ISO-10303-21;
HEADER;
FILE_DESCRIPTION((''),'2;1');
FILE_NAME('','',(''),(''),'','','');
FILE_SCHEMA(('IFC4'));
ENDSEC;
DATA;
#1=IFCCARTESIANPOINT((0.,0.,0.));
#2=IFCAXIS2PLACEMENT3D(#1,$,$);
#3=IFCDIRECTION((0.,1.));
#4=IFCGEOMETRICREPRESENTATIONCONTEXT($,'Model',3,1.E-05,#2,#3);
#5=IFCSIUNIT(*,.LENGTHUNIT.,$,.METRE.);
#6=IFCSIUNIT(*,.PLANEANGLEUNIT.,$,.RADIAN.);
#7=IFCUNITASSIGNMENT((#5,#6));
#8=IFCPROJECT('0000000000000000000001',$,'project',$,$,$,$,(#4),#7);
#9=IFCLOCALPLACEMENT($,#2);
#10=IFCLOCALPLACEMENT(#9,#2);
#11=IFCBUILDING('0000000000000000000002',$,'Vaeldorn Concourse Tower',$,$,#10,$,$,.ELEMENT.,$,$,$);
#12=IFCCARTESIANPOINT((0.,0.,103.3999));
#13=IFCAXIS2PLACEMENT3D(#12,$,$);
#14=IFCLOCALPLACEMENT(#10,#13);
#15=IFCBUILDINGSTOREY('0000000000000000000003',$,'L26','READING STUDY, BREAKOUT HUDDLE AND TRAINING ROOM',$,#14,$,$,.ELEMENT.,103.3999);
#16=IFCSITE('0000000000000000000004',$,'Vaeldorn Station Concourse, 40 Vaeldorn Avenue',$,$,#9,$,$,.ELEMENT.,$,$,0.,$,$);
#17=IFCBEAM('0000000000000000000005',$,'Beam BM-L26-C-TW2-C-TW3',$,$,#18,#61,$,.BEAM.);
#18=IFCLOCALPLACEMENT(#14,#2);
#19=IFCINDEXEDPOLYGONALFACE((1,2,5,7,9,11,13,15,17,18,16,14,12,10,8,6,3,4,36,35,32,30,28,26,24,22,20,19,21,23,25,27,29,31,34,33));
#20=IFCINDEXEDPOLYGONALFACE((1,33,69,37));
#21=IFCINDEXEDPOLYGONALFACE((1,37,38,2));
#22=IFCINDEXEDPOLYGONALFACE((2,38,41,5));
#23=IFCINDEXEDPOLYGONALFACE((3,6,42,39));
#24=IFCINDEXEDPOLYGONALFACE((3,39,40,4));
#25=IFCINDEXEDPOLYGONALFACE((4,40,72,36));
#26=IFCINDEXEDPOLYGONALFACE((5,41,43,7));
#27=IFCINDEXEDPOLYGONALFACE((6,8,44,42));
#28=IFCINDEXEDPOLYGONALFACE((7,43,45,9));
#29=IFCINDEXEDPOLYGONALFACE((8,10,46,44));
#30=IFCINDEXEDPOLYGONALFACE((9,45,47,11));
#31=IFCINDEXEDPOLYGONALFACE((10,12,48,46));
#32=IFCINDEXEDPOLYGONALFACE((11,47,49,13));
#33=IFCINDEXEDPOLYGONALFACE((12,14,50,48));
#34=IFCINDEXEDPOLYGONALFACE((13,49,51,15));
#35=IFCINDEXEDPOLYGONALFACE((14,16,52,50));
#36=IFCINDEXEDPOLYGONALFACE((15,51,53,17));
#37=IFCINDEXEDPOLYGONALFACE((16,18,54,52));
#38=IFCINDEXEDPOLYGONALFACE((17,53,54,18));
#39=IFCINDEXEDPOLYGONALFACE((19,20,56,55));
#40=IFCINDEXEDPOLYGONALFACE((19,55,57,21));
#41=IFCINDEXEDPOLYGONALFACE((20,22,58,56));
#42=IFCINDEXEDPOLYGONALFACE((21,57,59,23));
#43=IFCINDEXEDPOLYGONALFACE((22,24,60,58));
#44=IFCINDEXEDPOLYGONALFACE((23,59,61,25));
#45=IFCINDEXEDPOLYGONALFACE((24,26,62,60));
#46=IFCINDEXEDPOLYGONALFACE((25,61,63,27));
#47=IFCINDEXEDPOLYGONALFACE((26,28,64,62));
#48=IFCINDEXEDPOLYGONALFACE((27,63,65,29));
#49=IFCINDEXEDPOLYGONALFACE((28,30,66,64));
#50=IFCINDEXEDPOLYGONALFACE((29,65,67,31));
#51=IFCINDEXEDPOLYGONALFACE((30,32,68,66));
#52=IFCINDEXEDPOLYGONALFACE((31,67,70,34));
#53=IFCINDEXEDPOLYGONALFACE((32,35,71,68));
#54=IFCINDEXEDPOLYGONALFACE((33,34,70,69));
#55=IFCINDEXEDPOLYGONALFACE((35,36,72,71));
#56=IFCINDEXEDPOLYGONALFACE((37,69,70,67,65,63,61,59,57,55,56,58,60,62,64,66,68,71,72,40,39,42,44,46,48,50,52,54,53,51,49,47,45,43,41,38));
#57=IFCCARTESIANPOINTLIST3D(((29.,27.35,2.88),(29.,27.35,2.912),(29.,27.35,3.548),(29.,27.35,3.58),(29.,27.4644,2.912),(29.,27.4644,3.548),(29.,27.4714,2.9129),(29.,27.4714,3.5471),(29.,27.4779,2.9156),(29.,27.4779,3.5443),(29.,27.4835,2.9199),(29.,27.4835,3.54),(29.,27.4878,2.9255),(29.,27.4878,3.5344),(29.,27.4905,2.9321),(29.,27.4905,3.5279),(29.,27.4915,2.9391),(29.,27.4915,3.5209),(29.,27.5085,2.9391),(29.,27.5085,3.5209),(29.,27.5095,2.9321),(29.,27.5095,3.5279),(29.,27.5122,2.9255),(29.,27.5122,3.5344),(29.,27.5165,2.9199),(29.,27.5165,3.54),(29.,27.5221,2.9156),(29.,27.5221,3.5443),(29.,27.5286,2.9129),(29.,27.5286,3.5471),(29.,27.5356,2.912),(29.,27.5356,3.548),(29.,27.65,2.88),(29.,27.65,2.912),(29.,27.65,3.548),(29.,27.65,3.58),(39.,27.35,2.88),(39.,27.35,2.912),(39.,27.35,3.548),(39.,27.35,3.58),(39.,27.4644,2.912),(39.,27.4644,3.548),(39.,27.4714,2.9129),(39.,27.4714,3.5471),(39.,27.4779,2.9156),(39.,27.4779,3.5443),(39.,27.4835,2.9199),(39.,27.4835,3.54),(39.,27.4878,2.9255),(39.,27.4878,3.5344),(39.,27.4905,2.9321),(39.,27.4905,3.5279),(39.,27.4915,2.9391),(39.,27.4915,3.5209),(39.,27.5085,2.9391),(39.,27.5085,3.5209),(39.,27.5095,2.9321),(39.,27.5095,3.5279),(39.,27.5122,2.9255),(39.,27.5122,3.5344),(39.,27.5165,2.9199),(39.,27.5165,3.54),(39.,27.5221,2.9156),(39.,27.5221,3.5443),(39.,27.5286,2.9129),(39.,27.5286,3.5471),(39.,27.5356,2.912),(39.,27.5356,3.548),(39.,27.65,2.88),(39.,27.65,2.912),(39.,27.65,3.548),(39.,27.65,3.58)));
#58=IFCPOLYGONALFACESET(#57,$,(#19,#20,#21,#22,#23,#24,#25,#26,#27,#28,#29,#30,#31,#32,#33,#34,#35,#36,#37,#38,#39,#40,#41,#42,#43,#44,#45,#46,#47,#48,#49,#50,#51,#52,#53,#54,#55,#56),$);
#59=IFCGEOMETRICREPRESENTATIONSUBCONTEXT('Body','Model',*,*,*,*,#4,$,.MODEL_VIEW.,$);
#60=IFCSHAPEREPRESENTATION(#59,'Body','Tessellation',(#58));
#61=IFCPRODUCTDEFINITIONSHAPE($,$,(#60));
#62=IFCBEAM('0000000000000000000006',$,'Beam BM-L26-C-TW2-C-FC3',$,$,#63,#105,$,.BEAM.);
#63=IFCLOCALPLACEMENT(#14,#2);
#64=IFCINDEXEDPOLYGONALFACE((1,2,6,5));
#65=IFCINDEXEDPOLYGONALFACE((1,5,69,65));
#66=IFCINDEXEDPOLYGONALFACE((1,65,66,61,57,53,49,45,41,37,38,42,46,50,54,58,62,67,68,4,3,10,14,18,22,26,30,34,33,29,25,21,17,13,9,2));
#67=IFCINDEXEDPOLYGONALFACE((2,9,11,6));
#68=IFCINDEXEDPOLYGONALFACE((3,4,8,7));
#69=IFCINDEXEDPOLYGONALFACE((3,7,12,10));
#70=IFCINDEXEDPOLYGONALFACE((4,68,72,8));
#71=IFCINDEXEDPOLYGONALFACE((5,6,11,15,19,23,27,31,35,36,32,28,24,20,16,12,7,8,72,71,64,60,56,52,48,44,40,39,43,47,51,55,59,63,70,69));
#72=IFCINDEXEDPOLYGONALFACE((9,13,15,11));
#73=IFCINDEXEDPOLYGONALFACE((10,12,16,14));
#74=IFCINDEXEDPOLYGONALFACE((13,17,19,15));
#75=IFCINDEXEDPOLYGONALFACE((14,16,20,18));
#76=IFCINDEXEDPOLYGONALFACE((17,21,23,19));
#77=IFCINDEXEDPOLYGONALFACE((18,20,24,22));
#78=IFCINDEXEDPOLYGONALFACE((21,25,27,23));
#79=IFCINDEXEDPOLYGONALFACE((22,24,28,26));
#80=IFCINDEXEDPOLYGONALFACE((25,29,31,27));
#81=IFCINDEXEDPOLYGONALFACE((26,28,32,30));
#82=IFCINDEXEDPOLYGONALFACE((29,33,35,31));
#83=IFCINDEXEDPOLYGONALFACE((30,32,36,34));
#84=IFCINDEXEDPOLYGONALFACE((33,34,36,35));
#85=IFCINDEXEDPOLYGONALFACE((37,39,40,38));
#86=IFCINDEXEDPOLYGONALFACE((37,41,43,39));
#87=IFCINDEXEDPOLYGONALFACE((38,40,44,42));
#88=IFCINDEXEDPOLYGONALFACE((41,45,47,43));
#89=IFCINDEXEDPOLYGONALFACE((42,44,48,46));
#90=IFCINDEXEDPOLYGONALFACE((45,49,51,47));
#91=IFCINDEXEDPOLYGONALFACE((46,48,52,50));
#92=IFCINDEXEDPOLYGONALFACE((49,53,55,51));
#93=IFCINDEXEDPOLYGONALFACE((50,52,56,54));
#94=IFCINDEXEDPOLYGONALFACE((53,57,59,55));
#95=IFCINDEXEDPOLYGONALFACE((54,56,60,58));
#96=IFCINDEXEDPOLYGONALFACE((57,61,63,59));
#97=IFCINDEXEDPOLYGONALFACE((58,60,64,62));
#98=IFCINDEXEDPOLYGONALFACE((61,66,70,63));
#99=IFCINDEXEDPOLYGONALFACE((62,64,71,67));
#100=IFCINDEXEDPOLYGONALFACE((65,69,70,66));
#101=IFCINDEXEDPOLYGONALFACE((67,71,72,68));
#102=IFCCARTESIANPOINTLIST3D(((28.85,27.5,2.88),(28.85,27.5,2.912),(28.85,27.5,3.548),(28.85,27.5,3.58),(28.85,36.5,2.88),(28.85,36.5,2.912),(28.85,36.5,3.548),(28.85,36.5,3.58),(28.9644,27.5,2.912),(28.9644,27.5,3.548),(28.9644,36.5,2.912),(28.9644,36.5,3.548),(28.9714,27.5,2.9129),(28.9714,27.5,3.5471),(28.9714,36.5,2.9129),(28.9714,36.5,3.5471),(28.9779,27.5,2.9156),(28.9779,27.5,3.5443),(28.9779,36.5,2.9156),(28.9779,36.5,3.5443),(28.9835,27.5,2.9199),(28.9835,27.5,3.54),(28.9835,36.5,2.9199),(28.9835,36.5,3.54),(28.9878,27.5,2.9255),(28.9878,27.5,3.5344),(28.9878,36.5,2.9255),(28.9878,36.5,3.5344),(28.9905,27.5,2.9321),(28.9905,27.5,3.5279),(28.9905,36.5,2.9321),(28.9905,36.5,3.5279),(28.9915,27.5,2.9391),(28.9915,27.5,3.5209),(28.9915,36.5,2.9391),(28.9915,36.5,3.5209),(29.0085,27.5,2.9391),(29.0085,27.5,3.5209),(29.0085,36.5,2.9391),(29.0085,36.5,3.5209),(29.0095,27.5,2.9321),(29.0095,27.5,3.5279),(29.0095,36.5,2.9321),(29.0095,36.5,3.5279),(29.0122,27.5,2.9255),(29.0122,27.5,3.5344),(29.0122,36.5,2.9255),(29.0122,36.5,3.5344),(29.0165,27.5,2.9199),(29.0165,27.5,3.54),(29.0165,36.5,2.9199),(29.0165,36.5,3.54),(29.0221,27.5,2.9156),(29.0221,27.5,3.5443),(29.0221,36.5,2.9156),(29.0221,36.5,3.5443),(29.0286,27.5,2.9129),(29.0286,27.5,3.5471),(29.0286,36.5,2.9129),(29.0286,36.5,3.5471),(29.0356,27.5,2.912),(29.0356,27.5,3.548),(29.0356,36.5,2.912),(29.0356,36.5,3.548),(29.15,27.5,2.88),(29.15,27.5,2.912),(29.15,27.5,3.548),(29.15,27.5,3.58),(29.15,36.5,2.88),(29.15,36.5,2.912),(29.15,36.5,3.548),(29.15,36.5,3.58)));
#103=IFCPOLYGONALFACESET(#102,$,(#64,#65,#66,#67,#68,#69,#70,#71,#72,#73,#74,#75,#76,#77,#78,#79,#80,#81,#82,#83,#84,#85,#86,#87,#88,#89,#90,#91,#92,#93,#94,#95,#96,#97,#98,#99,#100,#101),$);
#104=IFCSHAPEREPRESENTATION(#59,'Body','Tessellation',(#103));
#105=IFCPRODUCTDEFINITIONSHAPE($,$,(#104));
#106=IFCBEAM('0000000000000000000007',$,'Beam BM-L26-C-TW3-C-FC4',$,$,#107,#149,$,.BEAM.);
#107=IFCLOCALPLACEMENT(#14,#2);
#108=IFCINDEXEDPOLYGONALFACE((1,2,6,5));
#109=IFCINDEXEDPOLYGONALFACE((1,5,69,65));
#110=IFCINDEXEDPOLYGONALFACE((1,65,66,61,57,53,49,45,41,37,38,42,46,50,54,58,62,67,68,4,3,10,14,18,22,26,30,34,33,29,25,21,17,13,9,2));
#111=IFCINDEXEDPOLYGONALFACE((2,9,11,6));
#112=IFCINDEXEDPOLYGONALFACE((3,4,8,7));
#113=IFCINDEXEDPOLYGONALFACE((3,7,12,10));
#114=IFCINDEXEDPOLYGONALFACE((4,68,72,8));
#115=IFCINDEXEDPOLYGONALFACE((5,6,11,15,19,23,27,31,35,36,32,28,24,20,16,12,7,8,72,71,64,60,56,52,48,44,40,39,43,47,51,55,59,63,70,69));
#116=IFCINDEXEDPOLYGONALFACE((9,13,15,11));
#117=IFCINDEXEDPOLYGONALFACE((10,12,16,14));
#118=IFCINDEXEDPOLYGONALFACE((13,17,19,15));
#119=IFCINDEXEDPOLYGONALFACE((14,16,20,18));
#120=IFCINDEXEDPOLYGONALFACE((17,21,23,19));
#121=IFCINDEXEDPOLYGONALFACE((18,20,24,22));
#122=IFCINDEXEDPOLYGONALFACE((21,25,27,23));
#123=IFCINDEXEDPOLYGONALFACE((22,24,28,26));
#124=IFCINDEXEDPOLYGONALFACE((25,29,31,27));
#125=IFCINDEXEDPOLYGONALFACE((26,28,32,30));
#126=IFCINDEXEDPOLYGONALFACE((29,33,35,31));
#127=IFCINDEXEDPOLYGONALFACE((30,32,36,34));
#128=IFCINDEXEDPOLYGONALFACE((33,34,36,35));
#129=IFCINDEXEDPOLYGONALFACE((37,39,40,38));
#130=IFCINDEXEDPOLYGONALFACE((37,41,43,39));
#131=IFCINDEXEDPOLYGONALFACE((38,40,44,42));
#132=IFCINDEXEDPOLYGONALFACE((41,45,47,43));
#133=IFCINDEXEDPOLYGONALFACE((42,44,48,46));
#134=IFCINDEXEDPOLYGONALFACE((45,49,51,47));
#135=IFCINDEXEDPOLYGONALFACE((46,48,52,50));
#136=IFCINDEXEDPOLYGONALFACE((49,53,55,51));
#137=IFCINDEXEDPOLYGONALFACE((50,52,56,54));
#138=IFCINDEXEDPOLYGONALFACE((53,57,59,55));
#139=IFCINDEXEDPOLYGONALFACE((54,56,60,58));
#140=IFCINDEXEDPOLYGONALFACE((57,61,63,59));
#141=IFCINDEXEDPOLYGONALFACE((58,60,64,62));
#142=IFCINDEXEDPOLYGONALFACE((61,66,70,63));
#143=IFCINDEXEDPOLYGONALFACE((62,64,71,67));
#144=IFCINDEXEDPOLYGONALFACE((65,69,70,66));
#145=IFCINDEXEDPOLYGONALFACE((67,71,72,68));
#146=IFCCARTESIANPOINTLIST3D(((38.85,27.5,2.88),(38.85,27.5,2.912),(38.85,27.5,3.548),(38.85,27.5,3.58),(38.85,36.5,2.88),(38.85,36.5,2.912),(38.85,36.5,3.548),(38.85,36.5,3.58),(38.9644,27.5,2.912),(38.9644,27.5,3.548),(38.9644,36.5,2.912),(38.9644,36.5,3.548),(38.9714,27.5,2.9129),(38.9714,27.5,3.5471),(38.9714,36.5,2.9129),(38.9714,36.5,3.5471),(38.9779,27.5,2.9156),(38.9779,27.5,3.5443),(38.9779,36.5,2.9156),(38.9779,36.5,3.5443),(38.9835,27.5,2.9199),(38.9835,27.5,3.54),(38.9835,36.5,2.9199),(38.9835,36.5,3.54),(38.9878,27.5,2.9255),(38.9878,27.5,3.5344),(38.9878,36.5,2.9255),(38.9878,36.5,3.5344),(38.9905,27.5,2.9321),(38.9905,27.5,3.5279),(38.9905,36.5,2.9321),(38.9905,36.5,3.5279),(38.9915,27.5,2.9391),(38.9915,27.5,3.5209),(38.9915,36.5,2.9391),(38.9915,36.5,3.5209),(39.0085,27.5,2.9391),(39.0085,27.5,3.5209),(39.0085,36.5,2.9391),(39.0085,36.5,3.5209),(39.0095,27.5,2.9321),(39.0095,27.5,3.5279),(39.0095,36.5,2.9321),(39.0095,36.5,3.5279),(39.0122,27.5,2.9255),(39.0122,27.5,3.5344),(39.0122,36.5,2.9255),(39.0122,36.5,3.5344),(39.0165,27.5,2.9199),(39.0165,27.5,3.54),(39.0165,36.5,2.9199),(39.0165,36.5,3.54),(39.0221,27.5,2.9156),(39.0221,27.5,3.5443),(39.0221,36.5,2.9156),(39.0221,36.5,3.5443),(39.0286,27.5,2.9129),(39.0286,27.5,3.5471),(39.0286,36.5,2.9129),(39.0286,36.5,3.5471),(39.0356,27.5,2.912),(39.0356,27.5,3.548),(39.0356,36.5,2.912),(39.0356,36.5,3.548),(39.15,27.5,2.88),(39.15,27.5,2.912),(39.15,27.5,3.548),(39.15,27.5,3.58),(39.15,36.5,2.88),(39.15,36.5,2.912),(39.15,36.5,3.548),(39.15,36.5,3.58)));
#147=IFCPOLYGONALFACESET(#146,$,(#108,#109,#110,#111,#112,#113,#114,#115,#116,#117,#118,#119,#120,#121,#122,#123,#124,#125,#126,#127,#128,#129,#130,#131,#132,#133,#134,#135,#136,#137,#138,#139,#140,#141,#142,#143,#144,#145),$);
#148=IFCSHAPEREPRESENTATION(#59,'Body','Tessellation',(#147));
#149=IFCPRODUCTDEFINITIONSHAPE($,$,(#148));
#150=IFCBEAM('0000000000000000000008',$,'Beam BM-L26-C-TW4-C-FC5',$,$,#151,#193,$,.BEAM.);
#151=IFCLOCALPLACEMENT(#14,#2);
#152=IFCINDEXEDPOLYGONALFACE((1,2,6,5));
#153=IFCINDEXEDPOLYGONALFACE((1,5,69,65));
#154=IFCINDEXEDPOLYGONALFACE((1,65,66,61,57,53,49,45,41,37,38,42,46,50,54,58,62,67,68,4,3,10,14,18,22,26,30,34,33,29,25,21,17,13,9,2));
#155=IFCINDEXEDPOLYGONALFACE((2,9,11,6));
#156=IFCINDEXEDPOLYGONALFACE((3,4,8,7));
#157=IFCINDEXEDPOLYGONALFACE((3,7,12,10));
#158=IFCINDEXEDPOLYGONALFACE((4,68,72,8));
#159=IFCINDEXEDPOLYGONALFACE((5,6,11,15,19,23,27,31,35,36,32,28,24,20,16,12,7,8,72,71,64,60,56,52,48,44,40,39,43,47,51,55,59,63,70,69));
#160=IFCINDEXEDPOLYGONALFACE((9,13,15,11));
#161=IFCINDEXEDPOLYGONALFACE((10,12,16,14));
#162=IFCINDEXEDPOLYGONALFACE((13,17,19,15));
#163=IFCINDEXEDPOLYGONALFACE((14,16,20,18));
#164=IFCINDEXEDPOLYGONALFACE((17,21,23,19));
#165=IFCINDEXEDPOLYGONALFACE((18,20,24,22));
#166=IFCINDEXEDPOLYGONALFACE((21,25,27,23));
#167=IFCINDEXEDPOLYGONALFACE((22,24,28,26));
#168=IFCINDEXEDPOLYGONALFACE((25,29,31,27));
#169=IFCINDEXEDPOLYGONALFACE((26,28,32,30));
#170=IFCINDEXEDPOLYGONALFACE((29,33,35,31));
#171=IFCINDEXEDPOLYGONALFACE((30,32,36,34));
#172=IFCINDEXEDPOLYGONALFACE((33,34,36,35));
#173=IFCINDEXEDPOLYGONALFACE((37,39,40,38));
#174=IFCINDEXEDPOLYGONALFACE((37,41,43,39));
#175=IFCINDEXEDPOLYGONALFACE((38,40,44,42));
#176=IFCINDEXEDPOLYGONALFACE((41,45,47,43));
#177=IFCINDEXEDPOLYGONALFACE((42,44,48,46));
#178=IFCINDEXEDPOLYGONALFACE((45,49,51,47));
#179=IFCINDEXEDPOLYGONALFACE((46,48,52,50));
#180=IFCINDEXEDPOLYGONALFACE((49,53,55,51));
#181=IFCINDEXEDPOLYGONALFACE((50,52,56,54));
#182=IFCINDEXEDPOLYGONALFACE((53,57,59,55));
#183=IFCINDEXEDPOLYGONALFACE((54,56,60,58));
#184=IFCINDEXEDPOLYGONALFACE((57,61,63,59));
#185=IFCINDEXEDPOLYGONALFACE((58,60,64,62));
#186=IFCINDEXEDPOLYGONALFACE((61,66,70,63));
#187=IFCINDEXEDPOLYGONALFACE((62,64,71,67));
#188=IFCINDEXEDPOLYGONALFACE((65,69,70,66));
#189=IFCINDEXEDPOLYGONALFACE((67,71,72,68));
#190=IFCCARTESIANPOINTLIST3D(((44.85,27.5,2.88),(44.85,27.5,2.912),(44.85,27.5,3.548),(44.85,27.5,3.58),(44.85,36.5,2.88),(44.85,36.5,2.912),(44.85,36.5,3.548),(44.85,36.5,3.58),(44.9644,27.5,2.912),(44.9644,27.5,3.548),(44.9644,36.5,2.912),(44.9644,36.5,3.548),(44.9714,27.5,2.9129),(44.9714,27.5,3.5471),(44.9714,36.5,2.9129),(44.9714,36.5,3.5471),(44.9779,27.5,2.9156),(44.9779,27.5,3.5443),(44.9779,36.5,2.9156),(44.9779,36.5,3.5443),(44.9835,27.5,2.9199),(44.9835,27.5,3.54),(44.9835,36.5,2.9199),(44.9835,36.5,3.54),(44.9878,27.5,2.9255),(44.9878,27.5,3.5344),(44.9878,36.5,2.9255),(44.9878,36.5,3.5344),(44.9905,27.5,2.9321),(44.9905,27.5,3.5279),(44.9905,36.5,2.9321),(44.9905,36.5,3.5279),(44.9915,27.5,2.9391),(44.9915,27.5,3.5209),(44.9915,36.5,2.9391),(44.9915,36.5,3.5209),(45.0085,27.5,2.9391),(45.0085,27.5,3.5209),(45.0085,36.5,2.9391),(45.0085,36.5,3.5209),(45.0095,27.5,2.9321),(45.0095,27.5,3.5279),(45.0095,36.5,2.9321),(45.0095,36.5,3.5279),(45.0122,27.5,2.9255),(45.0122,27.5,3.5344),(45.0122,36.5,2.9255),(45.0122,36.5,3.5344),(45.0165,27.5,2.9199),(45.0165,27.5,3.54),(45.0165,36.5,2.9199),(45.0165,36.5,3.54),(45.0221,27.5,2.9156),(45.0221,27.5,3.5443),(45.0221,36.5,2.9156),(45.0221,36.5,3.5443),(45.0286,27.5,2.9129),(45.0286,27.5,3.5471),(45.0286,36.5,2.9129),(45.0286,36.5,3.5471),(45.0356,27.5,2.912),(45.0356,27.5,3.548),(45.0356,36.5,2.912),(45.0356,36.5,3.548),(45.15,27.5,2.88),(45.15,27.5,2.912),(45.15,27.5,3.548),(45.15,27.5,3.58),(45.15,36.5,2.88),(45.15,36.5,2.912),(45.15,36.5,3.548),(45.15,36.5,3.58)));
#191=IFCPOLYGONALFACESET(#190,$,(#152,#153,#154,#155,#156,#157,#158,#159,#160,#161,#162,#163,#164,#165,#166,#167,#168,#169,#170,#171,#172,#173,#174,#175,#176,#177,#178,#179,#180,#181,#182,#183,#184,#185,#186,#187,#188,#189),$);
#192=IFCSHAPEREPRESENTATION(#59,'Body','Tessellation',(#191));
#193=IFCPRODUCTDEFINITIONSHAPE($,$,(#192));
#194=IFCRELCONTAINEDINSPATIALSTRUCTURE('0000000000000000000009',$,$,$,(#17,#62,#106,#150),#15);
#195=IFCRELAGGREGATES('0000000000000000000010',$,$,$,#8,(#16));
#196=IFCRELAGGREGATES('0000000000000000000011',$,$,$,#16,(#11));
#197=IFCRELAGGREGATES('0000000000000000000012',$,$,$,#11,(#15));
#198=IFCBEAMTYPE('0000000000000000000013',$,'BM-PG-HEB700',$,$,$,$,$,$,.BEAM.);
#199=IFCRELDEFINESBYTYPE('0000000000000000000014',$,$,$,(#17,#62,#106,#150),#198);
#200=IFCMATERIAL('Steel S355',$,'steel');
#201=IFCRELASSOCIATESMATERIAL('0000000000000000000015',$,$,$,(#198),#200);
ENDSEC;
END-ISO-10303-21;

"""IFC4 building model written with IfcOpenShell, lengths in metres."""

from ifc_helpers import new_model, si_unit, direction, frame, origin, origin_2d, place, context, subcontext, project, spatial, i_section, extrude, source, transform, mapped, material, material_profile, profile_set, type_object, element, save


model = new_model("IFC4")

# Units and contexts
model_context = context("Model", 3, precision=1e-05, world=origin(), true_north=direction((0.0, 1.0)))
body_context = subcontext(model_context, "Body", "Model", "MODEL_VIEW")
ifc_project = project(units=[si_unit("LENGTHUNIT", "METRE"), si_unit("PLANEANGLEUNIT", "RADIAN")], contexts=[model_context])

# Site, building, storey
site_placement = place(None, origin())
site = spatial("IfcSite", under=ifc_project, at=site_placement, Name="Vaeldorn Station Concourse, 40 Vaeldorn Avenue", CompositionType="ELEMENT", RefElevation=0.0)
building_placement = place(site_placement, origin())
building = spatial("IfcBuilding", under=site, at=building_placement, Name="Vaeldorn Concourse Tower", CompositionType="ELEMENT")
storey_placement = place(building_placement, frame((0.0, 0.0, 103.3999)))
storey = spatial("IfcBuildingStorey", under=building, at=storey_placement, Name="L26", Description="READING STUDY, BREAKOUT HUDDLE AND TRAINING ROOM", CompositionType="ELEMENT", Elevation=103.3999)

# Beams
ifc_material_1 = material(Name="Steel S355", Category="steel")
ifc_material_profile_1 = material_profile(ifc_material_1, i_section(OverallWidth=0.3, OverallDepth=0.7, WebThickness=0.0171, FlangeThickness=0.032, FilletRadius=0.0271, at=origin_2d()), Name="HEB 700")
ifc_profile_set_1 = profile_set([ifc_material_profile_1], Name="Steel S355")
beam_type_1 = type_object("IfcBeamType", Name="BM-PG-HEB700", PredefinedType="BEAM", material=ifc_profile_set_1)
shared_shape_1 = source(origin(), body_context, "Body", "SweptSolid", [
    extrude(i_section(OverallWidth=0.3, OverallDepth=0.7, WebThickness=0.0171, FlangeThickness=0.032, FilletRadius=0.0271, at=origin_2d()), origin(), (0.0, 0.0, 1.0), 10.0),
])
beam_1_placement = place(storey_placement, frame((29.0, 27.5, 3.23), z_axis=(1.0, 0.0, 0.0), x_axis=(0.0, 1.0, 0.0)))
element("IfcBeam", 1, at=beam_1_placement, inside=storey, type_object=beam_type_1, Name="Beam BM-L26-C-TW2-C-TW3", PredefinedType="BEAM", context=body_context, shape_type="MappedRepresentation", body=[
    mapped(shared_shape_1, transform((0.0, 0.0, 0.0), scale=1.0)),
])
shared_shape_2 = source(origin(), body_context, "Body", "SweptSolid", [
    extrude(i_section(OverallWidth=0.3, OverallDepth=0.7, WebThickness=0.0171, FlangeThickness=0.032, FilletRadius=0.0271, at=origin_2d()), origin(), (0.0, 0.0, 1.0), 9.0),
])
for number, where, z_axis, x_axis, name in (
    (2, (29.0, 27.5, 3.23), (0.0, 1.0, 0.0), (-1.0, 0.0, 0.0), "Beam BM-L26-C-TW2-C-FC3"),
    (3, (39.0, 27.5, 3.23), (0.0, 1.0, 0.0), (-1.0, 0.0, 0.0), "Beam BM-L26-C-TW3-C-FC4"),
    (4, (45.0, 27.5, 3.23), (0.0, 1.0, 0.0), (-1.0, 0.0, 0.0), "Beam BM-L26-C-TW4-C-FC5"),
):
    element("IfcBeam", number, at=place(storey_placement, frame(where, z_axis=z_axis, x_axis=x_axis)), inside=storey, type_object=beam_type_1, Name=name, PredefinedType="BEAM", context=body_context, shape_type="MappedRepresentation", body=[
        mapped(shared_shape_2, transform((0.0, 0.0, 0.0), scale=1.0)),
    ])

save(model, "model.ifc")
